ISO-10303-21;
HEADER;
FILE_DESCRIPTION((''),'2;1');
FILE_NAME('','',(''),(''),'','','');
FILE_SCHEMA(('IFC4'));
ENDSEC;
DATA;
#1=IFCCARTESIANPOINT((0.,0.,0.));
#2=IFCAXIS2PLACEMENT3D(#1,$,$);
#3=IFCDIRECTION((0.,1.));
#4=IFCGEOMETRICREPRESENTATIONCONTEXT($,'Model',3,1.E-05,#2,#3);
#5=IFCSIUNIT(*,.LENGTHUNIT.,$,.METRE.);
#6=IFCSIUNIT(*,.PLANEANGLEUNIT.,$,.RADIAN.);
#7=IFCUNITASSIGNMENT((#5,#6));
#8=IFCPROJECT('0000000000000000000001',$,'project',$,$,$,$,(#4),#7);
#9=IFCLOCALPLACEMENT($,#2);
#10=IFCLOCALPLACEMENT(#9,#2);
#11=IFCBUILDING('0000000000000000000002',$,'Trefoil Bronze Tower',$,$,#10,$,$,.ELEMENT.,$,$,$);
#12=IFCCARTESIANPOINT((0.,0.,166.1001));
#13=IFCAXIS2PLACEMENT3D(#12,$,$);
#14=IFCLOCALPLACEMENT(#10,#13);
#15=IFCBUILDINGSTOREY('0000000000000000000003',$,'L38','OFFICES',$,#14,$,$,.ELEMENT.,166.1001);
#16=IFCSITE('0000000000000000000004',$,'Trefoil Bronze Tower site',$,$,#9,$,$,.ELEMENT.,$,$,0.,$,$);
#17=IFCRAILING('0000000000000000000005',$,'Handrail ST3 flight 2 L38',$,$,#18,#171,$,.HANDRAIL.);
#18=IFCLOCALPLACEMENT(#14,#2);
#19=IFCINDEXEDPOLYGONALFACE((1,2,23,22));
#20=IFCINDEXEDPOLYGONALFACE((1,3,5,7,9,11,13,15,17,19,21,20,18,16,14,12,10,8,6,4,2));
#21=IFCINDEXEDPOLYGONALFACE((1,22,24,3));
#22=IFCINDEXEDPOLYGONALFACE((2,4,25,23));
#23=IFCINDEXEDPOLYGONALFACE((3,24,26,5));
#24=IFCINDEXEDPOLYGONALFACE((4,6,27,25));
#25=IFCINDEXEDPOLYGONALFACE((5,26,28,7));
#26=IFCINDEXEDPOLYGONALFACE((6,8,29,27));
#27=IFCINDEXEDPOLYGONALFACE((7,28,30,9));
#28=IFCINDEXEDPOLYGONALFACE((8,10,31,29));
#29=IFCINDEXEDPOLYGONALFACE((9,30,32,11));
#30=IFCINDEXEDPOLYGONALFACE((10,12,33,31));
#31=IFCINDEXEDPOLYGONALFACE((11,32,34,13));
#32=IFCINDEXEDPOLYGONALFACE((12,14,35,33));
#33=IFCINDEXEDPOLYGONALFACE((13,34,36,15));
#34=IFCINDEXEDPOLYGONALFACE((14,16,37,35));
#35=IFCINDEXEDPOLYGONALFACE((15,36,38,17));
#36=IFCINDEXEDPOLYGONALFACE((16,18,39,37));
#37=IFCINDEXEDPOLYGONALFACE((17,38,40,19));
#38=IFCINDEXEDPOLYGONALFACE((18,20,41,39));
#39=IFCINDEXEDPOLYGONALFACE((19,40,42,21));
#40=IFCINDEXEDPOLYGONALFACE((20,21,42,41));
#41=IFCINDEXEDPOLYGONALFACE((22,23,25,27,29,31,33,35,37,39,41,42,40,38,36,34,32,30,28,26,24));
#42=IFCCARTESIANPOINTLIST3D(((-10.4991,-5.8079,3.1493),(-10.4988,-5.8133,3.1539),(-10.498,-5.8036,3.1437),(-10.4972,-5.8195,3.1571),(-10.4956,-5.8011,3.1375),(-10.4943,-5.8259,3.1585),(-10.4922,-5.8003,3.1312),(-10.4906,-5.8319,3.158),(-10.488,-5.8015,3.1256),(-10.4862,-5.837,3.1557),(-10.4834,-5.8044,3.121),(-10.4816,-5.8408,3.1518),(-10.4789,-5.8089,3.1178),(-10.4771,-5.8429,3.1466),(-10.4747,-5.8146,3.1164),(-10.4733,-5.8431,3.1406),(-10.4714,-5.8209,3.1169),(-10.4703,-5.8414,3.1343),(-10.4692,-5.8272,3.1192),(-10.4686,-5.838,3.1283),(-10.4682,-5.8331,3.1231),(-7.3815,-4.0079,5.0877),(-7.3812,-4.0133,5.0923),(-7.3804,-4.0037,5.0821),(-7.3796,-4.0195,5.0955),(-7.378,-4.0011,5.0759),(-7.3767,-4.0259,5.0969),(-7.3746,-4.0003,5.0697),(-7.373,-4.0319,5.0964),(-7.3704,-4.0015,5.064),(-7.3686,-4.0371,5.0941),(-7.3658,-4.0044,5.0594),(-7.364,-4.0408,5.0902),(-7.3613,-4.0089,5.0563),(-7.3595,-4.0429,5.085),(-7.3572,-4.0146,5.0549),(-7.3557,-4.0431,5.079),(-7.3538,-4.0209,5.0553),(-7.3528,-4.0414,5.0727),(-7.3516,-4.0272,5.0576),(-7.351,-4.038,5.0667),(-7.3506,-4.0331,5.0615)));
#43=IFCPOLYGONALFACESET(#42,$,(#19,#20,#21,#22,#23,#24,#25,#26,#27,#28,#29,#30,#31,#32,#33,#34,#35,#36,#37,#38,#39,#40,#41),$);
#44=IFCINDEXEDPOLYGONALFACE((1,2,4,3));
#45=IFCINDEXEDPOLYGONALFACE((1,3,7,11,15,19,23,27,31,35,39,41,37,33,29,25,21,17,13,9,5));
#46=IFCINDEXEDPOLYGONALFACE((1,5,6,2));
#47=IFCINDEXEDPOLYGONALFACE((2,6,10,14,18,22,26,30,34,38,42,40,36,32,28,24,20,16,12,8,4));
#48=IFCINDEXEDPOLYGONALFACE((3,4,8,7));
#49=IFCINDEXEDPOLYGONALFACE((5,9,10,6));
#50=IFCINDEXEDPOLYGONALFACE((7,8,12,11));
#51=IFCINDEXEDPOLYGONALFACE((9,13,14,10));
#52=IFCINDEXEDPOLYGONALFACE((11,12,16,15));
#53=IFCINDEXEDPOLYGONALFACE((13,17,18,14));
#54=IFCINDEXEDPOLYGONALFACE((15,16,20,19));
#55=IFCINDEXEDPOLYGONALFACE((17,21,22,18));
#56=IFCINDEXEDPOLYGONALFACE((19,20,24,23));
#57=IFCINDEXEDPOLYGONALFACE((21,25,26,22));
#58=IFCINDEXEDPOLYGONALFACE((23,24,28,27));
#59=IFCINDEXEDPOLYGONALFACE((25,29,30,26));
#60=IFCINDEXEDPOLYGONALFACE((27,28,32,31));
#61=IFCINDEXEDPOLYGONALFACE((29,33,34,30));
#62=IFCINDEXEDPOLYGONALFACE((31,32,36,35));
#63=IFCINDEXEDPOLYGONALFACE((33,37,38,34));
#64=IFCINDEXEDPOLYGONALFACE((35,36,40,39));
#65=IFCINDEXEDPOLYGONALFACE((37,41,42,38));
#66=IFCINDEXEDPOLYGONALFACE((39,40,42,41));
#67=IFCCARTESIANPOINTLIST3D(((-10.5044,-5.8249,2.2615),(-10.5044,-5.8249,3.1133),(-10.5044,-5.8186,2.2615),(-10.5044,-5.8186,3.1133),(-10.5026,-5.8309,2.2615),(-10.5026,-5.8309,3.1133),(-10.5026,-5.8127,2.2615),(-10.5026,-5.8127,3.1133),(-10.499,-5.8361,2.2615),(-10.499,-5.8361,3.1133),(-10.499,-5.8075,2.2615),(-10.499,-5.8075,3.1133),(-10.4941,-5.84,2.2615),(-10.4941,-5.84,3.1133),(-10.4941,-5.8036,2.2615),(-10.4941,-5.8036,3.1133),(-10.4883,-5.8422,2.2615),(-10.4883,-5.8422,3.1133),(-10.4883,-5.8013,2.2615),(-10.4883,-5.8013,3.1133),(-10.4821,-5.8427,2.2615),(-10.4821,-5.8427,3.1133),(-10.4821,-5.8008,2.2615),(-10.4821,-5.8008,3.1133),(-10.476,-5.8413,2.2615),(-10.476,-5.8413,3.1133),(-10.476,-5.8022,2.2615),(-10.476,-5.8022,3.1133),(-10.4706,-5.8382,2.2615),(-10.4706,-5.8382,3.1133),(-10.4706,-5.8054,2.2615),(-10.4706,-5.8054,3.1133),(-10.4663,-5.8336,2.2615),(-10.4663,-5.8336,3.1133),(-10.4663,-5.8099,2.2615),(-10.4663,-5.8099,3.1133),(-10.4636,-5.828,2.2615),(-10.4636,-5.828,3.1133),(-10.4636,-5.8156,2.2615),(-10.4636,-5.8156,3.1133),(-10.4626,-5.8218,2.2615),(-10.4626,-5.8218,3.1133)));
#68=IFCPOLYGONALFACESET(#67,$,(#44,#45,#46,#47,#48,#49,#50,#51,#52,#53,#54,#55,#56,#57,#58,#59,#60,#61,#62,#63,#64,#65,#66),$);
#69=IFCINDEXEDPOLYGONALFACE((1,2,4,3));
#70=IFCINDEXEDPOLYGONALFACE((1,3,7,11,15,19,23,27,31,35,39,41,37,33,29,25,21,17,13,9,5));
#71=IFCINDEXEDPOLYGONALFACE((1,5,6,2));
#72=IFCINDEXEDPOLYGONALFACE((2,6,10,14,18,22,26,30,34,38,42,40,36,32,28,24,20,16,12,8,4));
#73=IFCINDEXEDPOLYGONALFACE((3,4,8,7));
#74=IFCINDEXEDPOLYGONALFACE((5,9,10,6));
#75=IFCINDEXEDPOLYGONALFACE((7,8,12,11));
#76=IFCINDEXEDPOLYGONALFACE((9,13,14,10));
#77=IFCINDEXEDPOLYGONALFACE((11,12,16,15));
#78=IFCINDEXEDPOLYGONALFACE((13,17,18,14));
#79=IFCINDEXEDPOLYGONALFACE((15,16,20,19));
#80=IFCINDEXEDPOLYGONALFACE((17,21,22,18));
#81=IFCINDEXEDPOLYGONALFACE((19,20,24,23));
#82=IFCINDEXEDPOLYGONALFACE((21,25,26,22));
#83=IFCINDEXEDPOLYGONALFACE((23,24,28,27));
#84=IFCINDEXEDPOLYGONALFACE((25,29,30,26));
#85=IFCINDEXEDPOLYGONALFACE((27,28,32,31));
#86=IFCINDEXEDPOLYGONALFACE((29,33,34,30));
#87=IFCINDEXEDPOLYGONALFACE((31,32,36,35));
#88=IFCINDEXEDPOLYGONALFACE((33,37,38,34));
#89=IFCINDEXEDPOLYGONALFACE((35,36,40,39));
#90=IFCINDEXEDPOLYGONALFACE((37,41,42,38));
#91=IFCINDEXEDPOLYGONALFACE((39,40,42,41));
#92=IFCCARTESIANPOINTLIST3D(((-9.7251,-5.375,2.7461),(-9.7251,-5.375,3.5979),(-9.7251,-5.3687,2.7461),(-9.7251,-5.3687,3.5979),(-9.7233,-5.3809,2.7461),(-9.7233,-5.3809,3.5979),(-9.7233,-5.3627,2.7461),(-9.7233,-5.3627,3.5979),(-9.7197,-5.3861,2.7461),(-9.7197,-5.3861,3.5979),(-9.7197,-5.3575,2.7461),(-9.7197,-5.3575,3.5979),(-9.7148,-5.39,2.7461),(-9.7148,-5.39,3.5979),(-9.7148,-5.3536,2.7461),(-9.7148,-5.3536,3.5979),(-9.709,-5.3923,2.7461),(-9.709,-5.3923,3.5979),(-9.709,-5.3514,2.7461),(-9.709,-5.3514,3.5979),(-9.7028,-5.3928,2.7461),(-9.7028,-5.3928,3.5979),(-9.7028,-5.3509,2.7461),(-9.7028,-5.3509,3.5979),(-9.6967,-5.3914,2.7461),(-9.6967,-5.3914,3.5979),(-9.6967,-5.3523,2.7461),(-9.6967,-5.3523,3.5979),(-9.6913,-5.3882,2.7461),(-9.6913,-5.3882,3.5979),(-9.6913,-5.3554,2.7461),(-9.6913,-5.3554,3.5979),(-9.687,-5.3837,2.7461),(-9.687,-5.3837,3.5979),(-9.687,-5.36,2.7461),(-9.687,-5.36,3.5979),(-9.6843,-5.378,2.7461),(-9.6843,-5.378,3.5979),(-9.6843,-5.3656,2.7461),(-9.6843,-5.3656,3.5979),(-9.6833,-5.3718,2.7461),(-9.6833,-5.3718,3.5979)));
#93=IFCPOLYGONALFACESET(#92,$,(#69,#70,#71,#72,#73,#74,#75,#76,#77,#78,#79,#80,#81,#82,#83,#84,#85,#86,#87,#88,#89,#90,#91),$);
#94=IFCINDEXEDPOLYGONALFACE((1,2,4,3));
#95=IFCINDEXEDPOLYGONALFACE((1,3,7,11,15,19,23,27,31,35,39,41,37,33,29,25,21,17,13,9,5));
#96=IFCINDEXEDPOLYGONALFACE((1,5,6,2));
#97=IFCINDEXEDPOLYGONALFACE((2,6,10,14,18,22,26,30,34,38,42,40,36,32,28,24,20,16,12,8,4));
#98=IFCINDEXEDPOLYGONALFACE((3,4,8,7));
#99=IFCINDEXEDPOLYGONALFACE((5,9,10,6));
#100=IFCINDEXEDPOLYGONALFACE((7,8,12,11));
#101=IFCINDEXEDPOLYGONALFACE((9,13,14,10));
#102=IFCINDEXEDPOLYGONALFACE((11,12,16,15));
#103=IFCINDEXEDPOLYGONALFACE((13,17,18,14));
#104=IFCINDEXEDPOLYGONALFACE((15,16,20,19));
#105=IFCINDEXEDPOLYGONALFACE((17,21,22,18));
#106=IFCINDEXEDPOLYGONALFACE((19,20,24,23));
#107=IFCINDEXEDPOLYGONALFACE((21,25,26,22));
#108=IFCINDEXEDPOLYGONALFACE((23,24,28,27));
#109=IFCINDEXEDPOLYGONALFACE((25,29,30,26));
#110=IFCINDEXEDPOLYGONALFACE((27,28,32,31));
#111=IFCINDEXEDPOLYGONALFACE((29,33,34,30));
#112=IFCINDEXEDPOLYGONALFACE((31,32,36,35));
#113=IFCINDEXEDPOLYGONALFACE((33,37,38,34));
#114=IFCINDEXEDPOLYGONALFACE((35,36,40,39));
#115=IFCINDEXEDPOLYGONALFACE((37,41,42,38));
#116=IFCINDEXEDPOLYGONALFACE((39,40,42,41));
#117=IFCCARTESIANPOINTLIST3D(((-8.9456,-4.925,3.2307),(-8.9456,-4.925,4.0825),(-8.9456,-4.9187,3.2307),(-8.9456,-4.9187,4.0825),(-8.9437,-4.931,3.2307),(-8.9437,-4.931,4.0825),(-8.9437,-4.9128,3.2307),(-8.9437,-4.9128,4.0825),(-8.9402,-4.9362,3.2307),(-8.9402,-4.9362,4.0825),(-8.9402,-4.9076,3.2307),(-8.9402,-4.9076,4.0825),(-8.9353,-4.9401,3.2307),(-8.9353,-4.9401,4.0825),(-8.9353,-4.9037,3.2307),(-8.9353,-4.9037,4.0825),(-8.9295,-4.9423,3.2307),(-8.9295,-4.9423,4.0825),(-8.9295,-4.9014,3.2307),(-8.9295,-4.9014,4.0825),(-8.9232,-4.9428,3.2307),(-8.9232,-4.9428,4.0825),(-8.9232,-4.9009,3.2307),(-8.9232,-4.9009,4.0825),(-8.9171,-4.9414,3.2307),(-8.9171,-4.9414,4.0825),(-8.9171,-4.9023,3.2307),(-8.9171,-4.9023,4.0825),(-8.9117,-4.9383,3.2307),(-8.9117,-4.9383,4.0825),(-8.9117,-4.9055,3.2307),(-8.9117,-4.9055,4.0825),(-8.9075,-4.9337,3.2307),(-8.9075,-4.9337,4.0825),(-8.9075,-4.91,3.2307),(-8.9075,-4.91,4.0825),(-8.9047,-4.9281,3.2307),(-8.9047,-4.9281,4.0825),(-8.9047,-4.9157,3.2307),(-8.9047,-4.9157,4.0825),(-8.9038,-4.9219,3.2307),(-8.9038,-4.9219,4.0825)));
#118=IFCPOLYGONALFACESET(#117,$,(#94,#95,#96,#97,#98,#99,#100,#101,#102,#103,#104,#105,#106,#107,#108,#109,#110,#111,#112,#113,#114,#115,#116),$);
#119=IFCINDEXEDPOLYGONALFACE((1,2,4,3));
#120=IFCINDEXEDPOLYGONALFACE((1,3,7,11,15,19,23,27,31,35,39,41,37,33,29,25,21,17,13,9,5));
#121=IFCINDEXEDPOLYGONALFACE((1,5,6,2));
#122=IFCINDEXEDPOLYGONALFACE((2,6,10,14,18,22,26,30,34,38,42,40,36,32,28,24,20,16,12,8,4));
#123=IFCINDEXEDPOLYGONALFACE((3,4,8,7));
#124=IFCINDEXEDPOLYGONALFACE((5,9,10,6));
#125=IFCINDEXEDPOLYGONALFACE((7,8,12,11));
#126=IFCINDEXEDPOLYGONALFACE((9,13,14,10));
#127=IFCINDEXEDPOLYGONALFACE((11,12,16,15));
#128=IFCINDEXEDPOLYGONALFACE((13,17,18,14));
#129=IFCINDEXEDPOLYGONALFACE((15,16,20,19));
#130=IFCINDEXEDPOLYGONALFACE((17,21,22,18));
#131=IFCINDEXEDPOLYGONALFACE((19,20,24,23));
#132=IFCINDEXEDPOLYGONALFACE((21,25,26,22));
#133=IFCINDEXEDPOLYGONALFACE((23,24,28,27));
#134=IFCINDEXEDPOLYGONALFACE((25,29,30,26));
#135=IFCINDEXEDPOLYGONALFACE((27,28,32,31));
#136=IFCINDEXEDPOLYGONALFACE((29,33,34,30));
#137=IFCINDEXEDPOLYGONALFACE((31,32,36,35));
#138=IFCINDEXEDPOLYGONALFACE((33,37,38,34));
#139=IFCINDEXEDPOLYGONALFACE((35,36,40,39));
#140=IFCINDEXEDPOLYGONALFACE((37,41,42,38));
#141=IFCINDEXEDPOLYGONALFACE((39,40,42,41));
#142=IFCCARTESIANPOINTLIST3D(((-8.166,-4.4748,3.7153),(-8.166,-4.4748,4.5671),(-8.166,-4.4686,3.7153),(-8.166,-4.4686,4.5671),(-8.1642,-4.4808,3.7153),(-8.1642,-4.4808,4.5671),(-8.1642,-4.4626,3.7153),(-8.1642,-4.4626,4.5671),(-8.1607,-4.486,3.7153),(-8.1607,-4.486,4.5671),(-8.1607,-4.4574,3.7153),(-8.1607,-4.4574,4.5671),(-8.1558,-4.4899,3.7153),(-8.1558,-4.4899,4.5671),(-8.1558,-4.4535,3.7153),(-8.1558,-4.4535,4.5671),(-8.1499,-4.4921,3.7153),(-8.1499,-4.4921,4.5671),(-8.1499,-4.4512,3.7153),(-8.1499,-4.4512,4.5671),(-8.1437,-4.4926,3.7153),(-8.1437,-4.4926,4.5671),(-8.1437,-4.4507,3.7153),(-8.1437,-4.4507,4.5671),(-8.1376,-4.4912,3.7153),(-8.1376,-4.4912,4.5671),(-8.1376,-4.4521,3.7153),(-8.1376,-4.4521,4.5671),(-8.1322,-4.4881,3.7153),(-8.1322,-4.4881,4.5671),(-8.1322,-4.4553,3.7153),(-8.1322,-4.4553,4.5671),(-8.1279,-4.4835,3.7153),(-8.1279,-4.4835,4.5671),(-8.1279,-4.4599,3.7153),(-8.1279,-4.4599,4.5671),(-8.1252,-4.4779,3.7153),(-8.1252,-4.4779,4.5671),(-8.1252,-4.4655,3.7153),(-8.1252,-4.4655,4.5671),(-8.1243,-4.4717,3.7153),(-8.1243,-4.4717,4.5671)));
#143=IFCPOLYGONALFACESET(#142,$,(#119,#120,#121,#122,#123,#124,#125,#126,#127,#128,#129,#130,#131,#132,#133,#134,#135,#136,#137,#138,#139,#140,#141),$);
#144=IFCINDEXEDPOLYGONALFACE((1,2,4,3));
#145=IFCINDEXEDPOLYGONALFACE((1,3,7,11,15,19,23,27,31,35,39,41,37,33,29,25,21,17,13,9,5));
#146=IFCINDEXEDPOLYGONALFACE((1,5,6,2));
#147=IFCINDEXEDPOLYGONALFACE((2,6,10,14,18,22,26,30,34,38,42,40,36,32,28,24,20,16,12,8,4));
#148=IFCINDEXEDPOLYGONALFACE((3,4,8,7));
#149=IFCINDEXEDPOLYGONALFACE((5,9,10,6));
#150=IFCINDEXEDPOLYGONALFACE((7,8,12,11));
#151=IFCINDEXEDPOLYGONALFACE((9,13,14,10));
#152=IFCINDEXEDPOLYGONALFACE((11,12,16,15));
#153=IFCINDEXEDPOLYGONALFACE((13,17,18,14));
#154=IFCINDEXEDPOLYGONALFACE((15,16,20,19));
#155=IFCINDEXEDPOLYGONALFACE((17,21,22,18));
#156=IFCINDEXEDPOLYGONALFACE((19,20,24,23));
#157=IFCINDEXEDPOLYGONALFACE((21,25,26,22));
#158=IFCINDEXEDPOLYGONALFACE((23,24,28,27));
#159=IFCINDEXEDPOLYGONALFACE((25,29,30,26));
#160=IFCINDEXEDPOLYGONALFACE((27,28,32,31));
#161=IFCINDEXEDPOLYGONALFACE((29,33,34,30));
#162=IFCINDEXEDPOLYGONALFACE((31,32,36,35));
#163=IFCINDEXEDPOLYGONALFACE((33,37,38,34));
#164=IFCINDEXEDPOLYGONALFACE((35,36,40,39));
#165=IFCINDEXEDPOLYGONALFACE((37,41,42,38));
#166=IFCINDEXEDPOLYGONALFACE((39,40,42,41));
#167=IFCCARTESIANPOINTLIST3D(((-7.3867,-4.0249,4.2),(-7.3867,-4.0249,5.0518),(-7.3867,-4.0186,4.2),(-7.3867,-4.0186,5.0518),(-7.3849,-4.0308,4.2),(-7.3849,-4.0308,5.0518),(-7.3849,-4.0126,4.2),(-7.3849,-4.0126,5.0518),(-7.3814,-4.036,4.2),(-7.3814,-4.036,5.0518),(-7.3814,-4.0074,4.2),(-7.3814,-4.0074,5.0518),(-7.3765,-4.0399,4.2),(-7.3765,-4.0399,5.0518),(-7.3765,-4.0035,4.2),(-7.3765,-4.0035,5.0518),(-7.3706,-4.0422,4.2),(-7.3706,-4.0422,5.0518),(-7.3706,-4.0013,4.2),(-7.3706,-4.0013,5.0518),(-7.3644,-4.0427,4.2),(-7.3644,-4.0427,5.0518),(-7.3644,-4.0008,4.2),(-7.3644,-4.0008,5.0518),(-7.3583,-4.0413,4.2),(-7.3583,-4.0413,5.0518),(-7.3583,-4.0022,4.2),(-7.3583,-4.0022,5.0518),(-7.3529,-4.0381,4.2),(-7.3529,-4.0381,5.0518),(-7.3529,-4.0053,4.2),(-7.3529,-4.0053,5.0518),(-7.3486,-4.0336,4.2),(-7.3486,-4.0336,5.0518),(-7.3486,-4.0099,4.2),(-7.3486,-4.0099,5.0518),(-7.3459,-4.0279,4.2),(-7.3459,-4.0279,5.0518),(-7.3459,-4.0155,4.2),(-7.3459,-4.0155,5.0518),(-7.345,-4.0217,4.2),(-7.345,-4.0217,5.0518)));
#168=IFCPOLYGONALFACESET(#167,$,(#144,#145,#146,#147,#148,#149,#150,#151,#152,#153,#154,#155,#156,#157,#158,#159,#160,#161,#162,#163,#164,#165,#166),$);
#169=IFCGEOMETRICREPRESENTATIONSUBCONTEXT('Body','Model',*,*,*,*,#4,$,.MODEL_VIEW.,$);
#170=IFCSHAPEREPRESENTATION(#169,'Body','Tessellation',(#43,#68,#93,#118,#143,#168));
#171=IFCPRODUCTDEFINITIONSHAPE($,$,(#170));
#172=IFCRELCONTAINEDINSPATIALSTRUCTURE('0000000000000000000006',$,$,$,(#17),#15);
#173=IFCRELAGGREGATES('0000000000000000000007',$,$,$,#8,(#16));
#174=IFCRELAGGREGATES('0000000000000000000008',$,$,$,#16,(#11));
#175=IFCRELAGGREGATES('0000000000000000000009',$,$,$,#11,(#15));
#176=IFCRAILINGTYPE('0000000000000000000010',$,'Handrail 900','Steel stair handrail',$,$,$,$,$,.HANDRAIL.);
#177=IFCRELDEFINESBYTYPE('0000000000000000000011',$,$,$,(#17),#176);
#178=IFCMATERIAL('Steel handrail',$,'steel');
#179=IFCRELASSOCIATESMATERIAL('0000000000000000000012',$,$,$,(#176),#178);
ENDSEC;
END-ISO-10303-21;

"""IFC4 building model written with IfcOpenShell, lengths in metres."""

from ifc_helpers import new_model, si_unit, direction, frame, origin, origin_2d, place, context, subcontext, project, spatial, circle, extrude, material, type_object, element, save


model = new_model("IFC4")

# Units and contexts
model_context = context("Model", 3, precision=1e-05, world=origin(), true_north=direction((0.0, 1.0)))
body_context = subcontext(model_context, "Body", "Model", "MODEL_VIEW")
ifc_project = project(units=[si_unit("LENGTHUNIT", "METRE"), si_unit("PLANEANGLEUNIT", "RADIAN")], contexts=[model_context])

# Site, building, storey
site_placement = place(None, origin())
site = spatial("IfcSite", under=ifc_project, at=site_placement, Name="Trefoil Bronze Tower site", CompositionType="ELEMENT", RefElevation=0.0)
building_placement = place(site_placement, origin())
building = spatial("IfcBuilding", under=site, at=building_placement, Name="Trefoil Bronze Tower", CompositionType="ELEMENT")
storey_placement = place(building_placement, frame((0.0, 0.0, 166.1001)))
storey = spatial("IfcBuildingStorey", under=building, at=storey_placement, Name="L38", Description="OFFICES", CompositionType="ELEMENT", Elevation=166.1001)

# Railing
ifc_material_1 = material(Name="Steel handrail", Category="steel")
railing_type = type_object("IfcRailingType", Name="Handrail 900", Description="Steel stair handrail", PredefinedType="HANDRAIL", material=ifc_material_1)
railing_1_placement = place(storey_placement, frame((-10.4836, -5.8218, 2.2615)))
element("IfcRailing", 1, at=railing_1_placement, inside=storey, type_object=railing_type, Name="Handrail ST3 flight 2 L38", PredefinedType="HANDRAIL", context=body_context, shape_type="SweptSolid", body=[
    extrude(circle(Radius=0.0239, at=origin_2d()), frame((0.0, 0.0, 0.876), z_axis=(0.762503, 0.440246, 0.474102), x_axis=(-0.500012, 0.866018, 0.0)), (0.0, 0.0, 1.0), 4.0886),
    extrude(circle(Radius=0.021, at=origin_2d()), origin(), (0.0, 0.0, 1.0), 0.8518),
    extrude(circle(Radius=0.021, at=origin_2d()), frame((0.7793, 0.45, 0.4846)), (0.0, 0.0, 1.0), 0.8518),
    extrude(circle(Radius=0.021, at=origin_2d()), frame((1.5588, 0.8999, 0.9692)), (0.0, 0.0, 1.0), 0.8518),
    extrude(circle(Radius=0.021, at=origin_2d()), frame((2.3384, 1.3501, 1.4539)), (0.0, 0.0, 1.0), 0.8518),
    extrude(circle(Radius=0.021, at=origin_2d()), frame((3.1177, 1.8, 1.9385)), (0.0, 0.0, 1.0), 0.8518),
])

save(model, "model.ifc")
